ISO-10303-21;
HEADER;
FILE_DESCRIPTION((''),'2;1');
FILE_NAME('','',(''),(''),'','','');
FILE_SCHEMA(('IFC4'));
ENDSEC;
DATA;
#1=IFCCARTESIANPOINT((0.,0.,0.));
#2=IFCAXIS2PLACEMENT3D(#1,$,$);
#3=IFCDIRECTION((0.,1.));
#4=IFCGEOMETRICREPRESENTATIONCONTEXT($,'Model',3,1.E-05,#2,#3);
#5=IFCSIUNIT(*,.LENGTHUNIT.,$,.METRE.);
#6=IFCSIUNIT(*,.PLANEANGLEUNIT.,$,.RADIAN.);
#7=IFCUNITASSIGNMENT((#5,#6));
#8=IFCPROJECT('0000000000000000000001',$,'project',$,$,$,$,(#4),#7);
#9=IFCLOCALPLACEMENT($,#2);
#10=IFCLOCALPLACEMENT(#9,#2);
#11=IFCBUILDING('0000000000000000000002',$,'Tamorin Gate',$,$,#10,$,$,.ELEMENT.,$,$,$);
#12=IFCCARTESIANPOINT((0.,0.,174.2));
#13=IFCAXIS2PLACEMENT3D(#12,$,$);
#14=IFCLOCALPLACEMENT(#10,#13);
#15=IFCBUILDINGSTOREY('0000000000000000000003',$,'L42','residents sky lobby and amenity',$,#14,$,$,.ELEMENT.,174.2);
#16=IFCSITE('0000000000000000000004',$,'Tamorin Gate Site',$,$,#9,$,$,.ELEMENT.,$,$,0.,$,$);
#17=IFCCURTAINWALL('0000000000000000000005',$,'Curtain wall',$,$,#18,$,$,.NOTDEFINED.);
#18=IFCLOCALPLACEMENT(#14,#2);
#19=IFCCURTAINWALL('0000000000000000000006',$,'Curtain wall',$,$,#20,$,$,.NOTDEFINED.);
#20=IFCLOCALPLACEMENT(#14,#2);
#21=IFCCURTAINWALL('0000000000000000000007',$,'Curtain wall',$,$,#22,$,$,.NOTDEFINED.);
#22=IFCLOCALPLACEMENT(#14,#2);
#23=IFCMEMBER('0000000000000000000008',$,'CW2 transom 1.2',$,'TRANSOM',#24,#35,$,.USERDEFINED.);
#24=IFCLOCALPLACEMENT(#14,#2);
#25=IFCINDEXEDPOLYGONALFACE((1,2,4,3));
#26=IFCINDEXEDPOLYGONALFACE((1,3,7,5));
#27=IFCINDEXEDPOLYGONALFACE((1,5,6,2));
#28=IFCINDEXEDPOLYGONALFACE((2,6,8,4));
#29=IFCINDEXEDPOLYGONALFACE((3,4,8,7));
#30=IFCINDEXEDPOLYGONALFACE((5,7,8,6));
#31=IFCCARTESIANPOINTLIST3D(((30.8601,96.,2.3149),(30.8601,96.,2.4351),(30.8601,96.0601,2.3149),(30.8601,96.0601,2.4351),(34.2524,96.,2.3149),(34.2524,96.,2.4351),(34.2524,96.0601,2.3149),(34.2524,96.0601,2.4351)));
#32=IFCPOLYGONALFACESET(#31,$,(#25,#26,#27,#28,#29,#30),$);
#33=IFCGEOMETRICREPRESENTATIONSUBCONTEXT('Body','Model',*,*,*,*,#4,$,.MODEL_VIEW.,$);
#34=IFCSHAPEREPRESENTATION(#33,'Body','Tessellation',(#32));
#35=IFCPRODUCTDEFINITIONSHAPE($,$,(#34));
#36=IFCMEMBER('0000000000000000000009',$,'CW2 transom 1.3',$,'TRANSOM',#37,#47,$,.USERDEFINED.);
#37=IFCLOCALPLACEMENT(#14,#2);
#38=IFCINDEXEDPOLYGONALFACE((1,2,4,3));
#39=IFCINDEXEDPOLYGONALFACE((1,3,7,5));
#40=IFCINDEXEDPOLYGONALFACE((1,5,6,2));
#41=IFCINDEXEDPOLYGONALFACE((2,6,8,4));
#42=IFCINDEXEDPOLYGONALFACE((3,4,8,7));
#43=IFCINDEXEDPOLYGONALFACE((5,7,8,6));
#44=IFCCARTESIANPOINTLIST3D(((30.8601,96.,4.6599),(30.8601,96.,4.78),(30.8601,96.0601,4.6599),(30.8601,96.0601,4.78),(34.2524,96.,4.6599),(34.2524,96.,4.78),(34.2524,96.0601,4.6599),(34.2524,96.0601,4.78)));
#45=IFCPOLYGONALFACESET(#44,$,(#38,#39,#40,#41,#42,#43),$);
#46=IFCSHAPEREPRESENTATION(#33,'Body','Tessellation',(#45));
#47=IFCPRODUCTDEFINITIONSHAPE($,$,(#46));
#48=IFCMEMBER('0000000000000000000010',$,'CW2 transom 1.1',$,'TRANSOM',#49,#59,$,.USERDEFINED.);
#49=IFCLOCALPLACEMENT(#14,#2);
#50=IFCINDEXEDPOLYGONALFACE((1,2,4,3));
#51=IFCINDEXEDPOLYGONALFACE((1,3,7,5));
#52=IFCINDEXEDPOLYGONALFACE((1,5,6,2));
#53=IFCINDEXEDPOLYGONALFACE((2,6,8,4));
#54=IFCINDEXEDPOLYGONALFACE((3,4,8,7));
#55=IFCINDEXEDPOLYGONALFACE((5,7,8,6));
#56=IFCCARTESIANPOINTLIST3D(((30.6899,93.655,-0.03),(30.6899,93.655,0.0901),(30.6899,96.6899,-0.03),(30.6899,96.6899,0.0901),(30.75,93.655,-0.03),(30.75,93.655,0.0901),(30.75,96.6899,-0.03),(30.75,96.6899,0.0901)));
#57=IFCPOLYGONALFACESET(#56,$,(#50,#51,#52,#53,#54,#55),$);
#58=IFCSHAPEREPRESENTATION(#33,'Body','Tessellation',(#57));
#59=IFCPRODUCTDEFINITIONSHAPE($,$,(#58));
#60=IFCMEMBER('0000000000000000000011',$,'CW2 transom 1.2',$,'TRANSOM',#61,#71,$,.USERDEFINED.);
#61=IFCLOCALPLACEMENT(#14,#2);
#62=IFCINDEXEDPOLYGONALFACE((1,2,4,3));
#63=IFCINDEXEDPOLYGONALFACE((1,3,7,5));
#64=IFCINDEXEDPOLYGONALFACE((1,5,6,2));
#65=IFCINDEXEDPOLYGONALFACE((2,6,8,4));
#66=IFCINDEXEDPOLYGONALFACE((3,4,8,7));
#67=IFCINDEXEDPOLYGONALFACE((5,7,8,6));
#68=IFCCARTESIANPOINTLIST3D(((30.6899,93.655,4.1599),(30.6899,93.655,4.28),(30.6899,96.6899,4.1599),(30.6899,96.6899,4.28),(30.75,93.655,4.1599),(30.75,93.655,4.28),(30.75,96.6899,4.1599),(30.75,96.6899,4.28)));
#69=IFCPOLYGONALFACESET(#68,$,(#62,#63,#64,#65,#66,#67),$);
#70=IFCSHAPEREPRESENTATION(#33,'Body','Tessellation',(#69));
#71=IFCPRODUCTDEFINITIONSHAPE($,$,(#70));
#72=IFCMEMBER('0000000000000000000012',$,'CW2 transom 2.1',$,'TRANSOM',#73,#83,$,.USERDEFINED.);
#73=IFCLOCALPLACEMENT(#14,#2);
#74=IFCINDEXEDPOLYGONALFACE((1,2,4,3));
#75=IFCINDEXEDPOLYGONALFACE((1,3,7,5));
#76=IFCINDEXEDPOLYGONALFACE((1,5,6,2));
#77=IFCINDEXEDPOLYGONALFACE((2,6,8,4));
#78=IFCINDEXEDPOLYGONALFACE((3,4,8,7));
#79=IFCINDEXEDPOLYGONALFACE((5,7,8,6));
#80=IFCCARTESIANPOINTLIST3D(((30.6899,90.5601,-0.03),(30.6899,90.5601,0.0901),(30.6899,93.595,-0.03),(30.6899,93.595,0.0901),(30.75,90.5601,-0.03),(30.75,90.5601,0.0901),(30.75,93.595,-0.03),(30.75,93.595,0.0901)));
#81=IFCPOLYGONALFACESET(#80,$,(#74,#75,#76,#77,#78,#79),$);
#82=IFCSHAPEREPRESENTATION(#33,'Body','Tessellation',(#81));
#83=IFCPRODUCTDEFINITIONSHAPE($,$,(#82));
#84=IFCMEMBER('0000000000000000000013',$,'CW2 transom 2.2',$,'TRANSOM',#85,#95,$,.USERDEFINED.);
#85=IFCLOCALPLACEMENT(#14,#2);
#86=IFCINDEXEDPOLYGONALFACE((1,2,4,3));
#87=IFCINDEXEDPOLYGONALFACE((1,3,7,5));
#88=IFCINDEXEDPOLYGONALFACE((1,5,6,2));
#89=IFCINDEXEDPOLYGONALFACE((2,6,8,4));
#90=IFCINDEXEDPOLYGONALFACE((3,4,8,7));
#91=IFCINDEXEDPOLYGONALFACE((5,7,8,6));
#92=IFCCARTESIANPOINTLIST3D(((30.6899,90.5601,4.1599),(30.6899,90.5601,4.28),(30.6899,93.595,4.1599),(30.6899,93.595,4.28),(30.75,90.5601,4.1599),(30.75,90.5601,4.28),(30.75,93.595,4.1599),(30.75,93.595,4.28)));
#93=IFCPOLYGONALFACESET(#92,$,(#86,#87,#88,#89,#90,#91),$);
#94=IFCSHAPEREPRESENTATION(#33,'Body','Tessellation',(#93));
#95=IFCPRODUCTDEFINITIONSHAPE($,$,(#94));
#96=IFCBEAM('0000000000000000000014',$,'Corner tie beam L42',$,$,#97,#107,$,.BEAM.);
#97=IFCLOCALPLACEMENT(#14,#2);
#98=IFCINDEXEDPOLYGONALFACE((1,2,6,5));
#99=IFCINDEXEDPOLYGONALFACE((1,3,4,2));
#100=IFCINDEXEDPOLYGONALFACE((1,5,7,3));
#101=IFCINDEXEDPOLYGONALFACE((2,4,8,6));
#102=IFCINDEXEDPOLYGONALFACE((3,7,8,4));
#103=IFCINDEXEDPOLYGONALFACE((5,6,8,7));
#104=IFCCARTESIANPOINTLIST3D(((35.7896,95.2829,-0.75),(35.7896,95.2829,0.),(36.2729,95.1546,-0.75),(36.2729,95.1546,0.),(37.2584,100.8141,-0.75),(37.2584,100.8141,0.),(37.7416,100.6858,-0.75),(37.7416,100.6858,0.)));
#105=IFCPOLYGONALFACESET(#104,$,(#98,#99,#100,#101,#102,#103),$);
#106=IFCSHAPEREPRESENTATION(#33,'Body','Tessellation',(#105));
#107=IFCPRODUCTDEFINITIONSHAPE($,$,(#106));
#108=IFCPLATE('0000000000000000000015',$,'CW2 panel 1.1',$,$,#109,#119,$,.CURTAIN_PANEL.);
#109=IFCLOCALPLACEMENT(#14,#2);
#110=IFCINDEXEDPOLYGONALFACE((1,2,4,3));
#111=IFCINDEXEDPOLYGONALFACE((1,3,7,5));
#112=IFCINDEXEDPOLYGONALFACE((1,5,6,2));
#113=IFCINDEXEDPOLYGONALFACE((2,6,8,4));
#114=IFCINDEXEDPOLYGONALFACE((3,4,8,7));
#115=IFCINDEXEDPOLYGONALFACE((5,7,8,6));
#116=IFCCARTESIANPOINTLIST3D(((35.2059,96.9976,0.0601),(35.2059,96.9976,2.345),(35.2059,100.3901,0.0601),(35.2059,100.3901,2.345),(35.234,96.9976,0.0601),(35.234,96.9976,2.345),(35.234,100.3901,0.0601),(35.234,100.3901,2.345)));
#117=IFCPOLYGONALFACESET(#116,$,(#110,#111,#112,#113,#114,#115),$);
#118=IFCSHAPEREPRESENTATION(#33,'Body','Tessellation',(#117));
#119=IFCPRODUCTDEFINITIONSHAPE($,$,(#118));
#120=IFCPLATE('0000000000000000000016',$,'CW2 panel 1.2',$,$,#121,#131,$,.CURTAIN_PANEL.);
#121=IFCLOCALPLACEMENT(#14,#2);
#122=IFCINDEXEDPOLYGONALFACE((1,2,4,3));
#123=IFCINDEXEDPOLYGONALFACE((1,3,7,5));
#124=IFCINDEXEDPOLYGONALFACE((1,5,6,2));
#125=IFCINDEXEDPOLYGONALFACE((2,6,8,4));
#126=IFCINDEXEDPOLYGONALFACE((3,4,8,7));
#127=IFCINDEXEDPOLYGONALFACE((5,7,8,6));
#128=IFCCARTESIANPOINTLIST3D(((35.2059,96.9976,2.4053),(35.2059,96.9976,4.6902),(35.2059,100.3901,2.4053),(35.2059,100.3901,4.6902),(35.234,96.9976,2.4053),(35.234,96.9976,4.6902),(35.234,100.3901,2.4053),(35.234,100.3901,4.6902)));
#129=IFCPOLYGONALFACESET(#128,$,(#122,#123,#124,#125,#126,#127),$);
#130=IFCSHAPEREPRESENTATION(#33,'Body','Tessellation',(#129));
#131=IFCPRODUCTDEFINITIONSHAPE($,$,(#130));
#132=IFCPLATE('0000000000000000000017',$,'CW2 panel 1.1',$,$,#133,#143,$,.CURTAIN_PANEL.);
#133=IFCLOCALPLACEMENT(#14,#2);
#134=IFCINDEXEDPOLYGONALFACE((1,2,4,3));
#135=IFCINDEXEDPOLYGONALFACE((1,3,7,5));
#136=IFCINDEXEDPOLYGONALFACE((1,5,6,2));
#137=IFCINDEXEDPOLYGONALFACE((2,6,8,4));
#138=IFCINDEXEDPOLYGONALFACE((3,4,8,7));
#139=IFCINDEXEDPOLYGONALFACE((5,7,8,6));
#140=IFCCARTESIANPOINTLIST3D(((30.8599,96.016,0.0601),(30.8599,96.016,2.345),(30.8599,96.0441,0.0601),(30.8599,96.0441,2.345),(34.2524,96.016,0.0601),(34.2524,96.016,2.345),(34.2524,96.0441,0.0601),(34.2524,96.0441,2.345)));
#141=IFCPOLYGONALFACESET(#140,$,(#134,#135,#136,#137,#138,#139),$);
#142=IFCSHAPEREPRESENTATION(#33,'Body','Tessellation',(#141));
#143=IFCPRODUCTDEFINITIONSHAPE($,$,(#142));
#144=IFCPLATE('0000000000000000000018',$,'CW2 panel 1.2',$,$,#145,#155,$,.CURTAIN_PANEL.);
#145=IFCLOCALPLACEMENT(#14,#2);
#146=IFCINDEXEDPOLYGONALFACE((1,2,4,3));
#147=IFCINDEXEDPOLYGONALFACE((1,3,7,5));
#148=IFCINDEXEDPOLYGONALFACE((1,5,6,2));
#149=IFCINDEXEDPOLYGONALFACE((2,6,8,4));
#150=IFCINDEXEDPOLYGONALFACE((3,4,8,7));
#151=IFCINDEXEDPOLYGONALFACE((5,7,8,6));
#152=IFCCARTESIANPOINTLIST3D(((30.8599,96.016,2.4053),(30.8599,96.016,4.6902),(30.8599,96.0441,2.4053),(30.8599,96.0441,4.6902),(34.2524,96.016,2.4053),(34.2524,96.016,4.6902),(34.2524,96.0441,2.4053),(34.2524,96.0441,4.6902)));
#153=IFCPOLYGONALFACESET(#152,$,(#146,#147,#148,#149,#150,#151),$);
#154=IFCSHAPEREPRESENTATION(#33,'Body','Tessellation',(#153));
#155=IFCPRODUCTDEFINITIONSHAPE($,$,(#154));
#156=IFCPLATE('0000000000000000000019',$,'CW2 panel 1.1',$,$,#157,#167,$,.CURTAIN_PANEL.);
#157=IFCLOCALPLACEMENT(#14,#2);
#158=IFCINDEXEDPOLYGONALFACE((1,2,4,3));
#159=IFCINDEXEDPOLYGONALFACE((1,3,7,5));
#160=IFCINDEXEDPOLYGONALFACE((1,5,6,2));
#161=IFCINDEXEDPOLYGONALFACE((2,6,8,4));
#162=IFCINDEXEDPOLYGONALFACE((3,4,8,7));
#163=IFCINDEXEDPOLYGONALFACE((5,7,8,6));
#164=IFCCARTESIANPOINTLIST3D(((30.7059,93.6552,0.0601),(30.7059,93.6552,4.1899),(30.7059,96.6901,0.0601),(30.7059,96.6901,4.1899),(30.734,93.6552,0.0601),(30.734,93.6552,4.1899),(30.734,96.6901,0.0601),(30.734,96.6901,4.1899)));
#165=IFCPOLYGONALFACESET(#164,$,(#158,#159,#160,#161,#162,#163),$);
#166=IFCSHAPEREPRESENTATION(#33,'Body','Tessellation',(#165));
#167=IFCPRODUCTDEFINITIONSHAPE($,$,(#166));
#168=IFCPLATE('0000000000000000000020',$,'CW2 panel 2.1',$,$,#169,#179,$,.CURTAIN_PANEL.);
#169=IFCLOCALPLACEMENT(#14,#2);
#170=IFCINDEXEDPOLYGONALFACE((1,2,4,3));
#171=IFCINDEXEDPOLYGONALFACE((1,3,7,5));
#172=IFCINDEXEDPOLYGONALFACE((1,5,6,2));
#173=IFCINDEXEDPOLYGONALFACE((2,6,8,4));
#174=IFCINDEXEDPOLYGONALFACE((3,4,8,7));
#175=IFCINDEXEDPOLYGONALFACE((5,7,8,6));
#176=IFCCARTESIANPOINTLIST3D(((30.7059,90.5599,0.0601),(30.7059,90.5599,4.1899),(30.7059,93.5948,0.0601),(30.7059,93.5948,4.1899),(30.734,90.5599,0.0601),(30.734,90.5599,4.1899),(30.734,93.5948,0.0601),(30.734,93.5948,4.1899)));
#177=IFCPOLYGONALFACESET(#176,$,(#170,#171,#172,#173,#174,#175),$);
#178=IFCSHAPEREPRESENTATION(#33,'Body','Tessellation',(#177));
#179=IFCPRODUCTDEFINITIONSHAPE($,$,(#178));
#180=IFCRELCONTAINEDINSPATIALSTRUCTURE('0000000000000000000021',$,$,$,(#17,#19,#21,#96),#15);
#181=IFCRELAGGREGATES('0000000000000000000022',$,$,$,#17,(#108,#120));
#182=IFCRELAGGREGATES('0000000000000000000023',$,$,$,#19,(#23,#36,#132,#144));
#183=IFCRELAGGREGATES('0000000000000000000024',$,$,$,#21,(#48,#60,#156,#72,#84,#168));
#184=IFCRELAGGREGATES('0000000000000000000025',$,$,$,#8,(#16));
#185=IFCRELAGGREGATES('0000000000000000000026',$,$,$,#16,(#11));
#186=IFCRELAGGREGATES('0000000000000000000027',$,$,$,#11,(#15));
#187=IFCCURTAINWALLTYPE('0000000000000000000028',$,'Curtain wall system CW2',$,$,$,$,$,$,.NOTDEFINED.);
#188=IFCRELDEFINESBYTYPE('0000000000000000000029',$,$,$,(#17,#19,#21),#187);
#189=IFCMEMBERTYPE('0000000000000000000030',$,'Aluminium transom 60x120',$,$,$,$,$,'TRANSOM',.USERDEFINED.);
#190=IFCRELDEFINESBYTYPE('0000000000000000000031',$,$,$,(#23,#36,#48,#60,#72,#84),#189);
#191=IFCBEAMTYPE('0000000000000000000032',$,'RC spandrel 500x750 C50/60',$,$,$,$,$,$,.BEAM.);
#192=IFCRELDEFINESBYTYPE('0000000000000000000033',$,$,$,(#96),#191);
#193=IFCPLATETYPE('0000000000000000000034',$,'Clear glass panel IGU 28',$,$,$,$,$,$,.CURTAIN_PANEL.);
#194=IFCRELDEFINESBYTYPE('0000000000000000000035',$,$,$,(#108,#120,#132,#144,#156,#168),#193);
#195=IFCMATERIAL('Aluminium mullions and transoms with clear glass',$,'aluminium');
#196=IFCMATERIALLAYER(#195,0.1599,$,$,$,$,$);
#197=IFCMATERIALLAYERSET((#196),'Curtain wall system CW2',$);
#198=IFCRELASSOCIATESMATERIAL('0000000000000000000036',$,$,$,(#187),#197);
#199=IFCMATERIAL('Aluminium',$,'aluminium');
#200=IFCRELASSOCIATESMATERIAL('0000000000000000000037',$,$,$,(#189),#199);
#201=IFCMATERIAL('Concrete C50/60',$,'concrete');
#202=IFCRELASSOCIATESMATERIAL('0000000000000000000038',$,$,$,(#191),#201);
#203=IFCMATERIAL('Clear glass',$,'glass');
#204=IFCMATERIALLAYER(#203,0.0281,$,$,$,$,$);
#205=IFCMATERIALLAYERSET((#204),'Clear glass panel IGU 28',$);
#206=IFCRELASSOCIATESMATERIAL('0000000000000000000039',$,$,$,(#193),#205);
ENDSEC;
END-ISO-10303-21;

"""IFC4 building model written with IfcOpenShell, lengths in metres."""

from ifc_helpers import new_model, si_unit, direction, frame, origin, origin_2d, place, context, subcontext, project, spatial, rectangle, extrude, material, layer, layer_set, material_profile, profile_set, type_object, element, aggregate, save


model = new_model("IFC4")

# Units and contexts
model_context = context("Model", 3, precision=1e-05, world=origin(), true_north=direction((0.0, 1.0)))
body_context = subcontext(model_context, "Body", "Model", "MODEL_VIEW")
ifc_project = project(units=[si_unit("LENGTHUNIT", "METRE"), si_unit("PLANEANGLEUNIT", "RADIAN")], contexts=[model_context])

# Site, building, storey
site_placement = place(None, origin())
site = spatial("IfcSite", under=ifc_project, at=site_placement, Name="Tamorin Gate Site", CompositionType="ELEMENT", RefElevation=0.0)
building_placement = place(site_placement, origin())
building = spatial("IfcBuilding", under=site, at=building_placement, Name="Tamorin Gate", CompositionType="ELEMENT")
storey_placement = place(building_placement, frame((0.0, 0.0, 174.2)))
storey = spatial("IfcBuildingStorey", under=building, at=storey_placement, Name="L42", Description="residents sky lobby and amenity", CompositionType="ELEMENT", Elevation=174.2)

# Curtain walls
ifc_material_1 = material(Name="Aluminium mullions and transoms with clear glass", Category="aluminium")
ifc_layer_1 = layer(ifc_material_1, 0.1599)
ifc_layer_set_1 = layer_set([ifc_layer_1], Name="Curtain wall system CW2")
curtain_wall_type = type_object("IfcCurtainWallType", Name="Curtain wall system CW2", PredefinedType="NOTDEFINED", material=ifc_layer_set_1)
curtain_wall_1_placement = place(storey_placement, origin())
curtain_wall_1 = element("IfcCurtainWall", 1, at=curtain_wall_1_placement, inside=storey, type_object=curtain_wall_type, Name="Curtain wall", PredefinedType="NOTDEFINED")
ifc_material_2 = material(Name="Aluminium", Category="aluminium")
curtain_wall_2_placement = place(storey_placement, origin())
curtain_wall_2 = element("IfcCurtainWall", 2, at=curtain_wall_2_placement, inside=storey, type_object=curtain_wall_type, Name="Curtain wall", PredefinedType="NOTDEFINED")
curtain_wall_3_placement = place(storey_placement, origin())
curtain_wall_3 = element("IfcCurtainWall", 3, at=curtain_wall_3_placement, inside=storey, type_object=curtain_wall_type, Name="Curtain wall", PredefinedType="NOTDEFINED")

# Members
ifc_material_profile_1 = material_profile(ifc_material_2, rectangle(XDim=0.0601, YDim=0.1201, at=origin_2d()), Name="RECT 60x120")
ifc_profile_set_1 = profile_set([ifc_material_profile_1], Name="Aluminium")
member_type_1 = type_object("IfcMemberType", Name="Aluminium transom 60x120", ElementType="TRANSOM", PredefinedType="USERDEFINED", material=ifc_profile_set_1)
member_1_placement = place(storey_placement, frame((34.2524, 96.03, 2.375), z_axis=(-1.0, 0.0, 0.0), x_axis=(0.0, -1.0, 0.0)))
member_1 = element("IfcMember", 4, at=member_1_placement, type_object=member_type_1, Name="CW2 transom 1.2", ObjectType="TRANSOM", PredefinedType="USERDEFINED", context=body_context, shape_type="SweptSolid", body=[
    extrude(rectangle(XDim=0.0601, YDim=0.1201, at=origin_2d()), origin(), (0.0, 0.0, 1.0), 3.3923),
])
member_2_placement = place(storey_placement, frame((34.2524, 96.03, 4.72), z_axis=(-1.0, 0.0, 0.0), x_axis=(0.0, -1.0, 0.0)))
member_2 = element("IfcMember", 5, at=member_2_placement, type_object=member_type_1, Name="CW2 transom 1.3", ObjectType="TRANSOM", PredefinedType="USERDEFINED", context=body_context, shape_type="SweptSolid", body=[
    extrude(rectangle(XDim=0.0601, YDim=0.1201, at=origin_2d()), origin(), (0.0, 0.0, 1.0), 3.3923),
])
member_3_placement = place(storey_placement, frame((30.72, 96.6899, 0.03), z_axis=(0.0, -1.0, 0.0), x_axis=(1.0, 0.0, 0.0)))
member_3 = element("IfcMember", 6, at=member_3_placement, type_object=member_type_1, Name="CW2 transom 1.1", ObjectType="TRANSOM", PredefinedType="USERDEFINED", context=body_context, shape_type="SweptSolid", body=[
    extrude(rectangle(XDim=0.0601, YDim=0.1201, at=origin_2d()), origin(), (0.0, 0.0, 1.0), 3.0349),
])
member_4_placement = place(storey_placement, frame((30.72, 96.6899, 4.22), z_axis=(0.0, -1.0, 0.0), x_axis=(1.0, 0.0, 0.0)))
member_4 = element("IfcMember", 7, at=member_4_placement, type_object=member_type_1, Name="CW2 transom 1.2", ObjectType="TRANSOM", PredefinedType="USERDEFINED", context=body_context, shape_type="SweptSolid", body=[
    extrude(rectangle(XDim=0.0601, YDim=0.1201, at=origin_2d()), origin(), (0.0, 0.0, 1.0), 3.0349),
])
member_5_placement = place(storey_placement, frame((30.72, 93.595, 0.03), z_axis=(0.0, -1.0, 0.0), x_axis=(1.0, 0.0, 0.0)))
member_5 = element("IfcMember", 8, at=member_5_placement, type_object=member_type_1, Name="CW2 transom 2.1", ObjectType="TRANSOM", PredefinedType="USERDEFINED", context=body_context, shape_type="SweptSolid", body=[
    extrude(rectangle(XDim=0.0601, YDim=0.1201, at=origin_2d()), origin(), (0.0, 0.0, 1.0), 3.0349),
])
member_6_placement = place(storey_placement, frame((30.72, 93.595, 4.22), z_axis=(0.0, -1.0, 0.0), x_axis=(1.0, 0.0, 0.0)))
member_6 = element("IfcMember", 9, at=member_6_placement, type_object=member_type_1, Name="CW2 transom 2.2", ObjectType="TRANSOM", PredefinedType="USERDEFINED", context=body_context, shape_type="SweptSolid", body=[
    extrude(rectangle(XDim=0.0601, YDim=0.1201, at=origin_2d()), origin(), (0.0, 0.0, 1.0), 3.0349),
])

# Beam
ifc_material_3 = material(Name="Concrete C50/60", Category="concrete")
ifc_material_profile_2 = material_profile(ifc_material_3, rectangle(XDim=0.5, YDim=0.75, at=origin_2d()), Name="RC 500x750")
ifc_profile_set_2 = profile_set([ifc_material_profile_2], Name="Concrete C50/60")
beam_type = type_object("IfcBeamType", Name="RC spandrel 500x750 C50/60", PredefinedType="BEAM", material=ifc_profile_set_2)
beam_placement = place(storey_placement, frame((36.0312, 95.2188, -0.375), z_axis=(0.256643, 0.966506, 0.0), x_axis=(-0.966506, 0.256643, 0.0)))
element("IfcBeam", 10, at=beam_placement, inside=storey, type_object=beam_type, Name="Corner tie beam L42", PredefinedType="BEAM", context=body_context, shape_type="SweptSolid", body=[
    extrude(rectangle(XDim=0.5, YDim=0.75, at=origin_2d()), origin(), (0.0, 0.0, 1.0), 5.7229),
])

# Plates
ifc_material_4 = material(Name="Clear glass", Category="glass")
ifc_layer_2 = layer(ifc_material_4, 0.0281)
ifc_layer_set_2 = layer_set([ifc_layer_2], Name="Clear glass panel IGU 28")
plate_type = type_object("IfcPlateType", Name="Clear glass panel IGU 28", PredefinedType="CURTAIN_PANEL", material=ifc_layer_set_2)
plate_1_placement = place(storey_placement, frame((35.22, 98.6938, 0.0601), z_axis=(0.0, 0.0, 1.0), x_axis=(0.0, -1.0, 0.0)))
plate_1 = element("IfcPlate", 11, at=plate_1_placement, type_object=plate_type, Name="CW2 panel 1.1", PredefinedType="CURTAIN_PANEL", context=body_context, shape_type="SweptSolid", body=[
    extrude(rectangle(XDim=3.3926, YDim=0.0281, at=origin_2d()), origin(), (0.0, 0.0, 1.0), 2.2849),
])
plate_2_placement = place(storey_placement, frame((35.22, 98.6938, 2.4053), z_axis=(0.0, 0.0, 1.0), x_axis=(0.0, -1.0, 0.0)))
plate_2 = element("IfcPlate", 12, at=plate_2_placement, type_object=plate_type, Name="CW2 panel 1.2", PredefinedType="CURTAIN_PANEL", context=body_context, shape_type="SweptSolid", body=[
    extrude(rectangle(XDim=3.3926, YDim=0.0281, at=origin_2d()), origin(), (0.0, 0.0, 1.0), 2.2849),
])
aggregate(curtain_wall_1, [plate_1, plate_2])
plate_3_placement = place(storey_placement, frame((32.5562, 96.03, 0.0601), z_axis=(0.0, 0.0, 1.0), x_axis=(-1.0, 0.0, 0.0)))
plate_3 = element("IfcPlate", 13, at=plate_3_placement, type_object=plate_type, Name="CW2 panel 1.1", PredefinedType="CURTAIN_PANEL", context=body_context, shape_type="SweptSolid", body=[
    extrude(rectangle(XDim=3.3926, YDim=0.0281, at=origin_2d()), origin(), (0.0, 0.0, 1.0), 2.2849),
])
plate_4_placement = place(storey_placement, frame((32.5562, 96.03, 2.4053), z_axis=(0.0, 0.0, 1.0), x_axis=(-1.0, 0.0, 0.0)))
plate_4 = element("IfcPlate", 14, at=plate_4_placement, type_object=plate_type, Name="CW2 panel 1.2", PredefinedType="CURTAIN_PANEL", context=body_context, shape_type="SweptSolid", body=[
    extrude(rectangle(XDim=3.3926, YDim=0.0281, at=origin_2d()), origin(), (0.0, 0.0, 1.0), 2.2849),
])
aggregate(curtain_wall_2, [member_1, member_2, plate_3, plate_4])
plate_5_placement = place(storey_placement, frame((30.72, 95.1726, 0.0601), z_axis=(0.0, 0.0, 1.0), x_axis=(0.0, -1.0, 0.0)))
plate_5 = element("IfcPlate", 15, at=plate_5_placement, type_object=plate_type, Name="CW2 panel 1.1", PredefinedType="CURTAIN_PANEL", context=body_context, shape_type="SweptSolid", body=[
    extrude(rectangle(XDim=3.0349, YDim=0.0281, at=origin_2d()), origin(), (0.0, 0.0, 1.0), 4.1299),
])
plate_6_placement = place(storey_placement, frame((30.72, 92.0774, 0.0601), z_axis=(0.0, 0.0, 1.0), x_axis=(0.0, -1.0, 0.0)))
plate_6 = element("IfcPlate", 16, at=plate_6_placement, type_object=plate_type, Name="CW2 panel 2.1", PredefinedType="CURTAIN_PANEL", context=body_context, shape_type="SweptSolid", body=[
    extrude(rectangle(XDim=3.0349, YDim=0.0281, at=origin_2d()), origin(), (0.0, 0.0, 1.0), 4.1299),
])
aggregate(curtain_wall_3, [member_3, member_4, plate_5, member_5, member_6, plate_6])

save(model, "model.ifc")
